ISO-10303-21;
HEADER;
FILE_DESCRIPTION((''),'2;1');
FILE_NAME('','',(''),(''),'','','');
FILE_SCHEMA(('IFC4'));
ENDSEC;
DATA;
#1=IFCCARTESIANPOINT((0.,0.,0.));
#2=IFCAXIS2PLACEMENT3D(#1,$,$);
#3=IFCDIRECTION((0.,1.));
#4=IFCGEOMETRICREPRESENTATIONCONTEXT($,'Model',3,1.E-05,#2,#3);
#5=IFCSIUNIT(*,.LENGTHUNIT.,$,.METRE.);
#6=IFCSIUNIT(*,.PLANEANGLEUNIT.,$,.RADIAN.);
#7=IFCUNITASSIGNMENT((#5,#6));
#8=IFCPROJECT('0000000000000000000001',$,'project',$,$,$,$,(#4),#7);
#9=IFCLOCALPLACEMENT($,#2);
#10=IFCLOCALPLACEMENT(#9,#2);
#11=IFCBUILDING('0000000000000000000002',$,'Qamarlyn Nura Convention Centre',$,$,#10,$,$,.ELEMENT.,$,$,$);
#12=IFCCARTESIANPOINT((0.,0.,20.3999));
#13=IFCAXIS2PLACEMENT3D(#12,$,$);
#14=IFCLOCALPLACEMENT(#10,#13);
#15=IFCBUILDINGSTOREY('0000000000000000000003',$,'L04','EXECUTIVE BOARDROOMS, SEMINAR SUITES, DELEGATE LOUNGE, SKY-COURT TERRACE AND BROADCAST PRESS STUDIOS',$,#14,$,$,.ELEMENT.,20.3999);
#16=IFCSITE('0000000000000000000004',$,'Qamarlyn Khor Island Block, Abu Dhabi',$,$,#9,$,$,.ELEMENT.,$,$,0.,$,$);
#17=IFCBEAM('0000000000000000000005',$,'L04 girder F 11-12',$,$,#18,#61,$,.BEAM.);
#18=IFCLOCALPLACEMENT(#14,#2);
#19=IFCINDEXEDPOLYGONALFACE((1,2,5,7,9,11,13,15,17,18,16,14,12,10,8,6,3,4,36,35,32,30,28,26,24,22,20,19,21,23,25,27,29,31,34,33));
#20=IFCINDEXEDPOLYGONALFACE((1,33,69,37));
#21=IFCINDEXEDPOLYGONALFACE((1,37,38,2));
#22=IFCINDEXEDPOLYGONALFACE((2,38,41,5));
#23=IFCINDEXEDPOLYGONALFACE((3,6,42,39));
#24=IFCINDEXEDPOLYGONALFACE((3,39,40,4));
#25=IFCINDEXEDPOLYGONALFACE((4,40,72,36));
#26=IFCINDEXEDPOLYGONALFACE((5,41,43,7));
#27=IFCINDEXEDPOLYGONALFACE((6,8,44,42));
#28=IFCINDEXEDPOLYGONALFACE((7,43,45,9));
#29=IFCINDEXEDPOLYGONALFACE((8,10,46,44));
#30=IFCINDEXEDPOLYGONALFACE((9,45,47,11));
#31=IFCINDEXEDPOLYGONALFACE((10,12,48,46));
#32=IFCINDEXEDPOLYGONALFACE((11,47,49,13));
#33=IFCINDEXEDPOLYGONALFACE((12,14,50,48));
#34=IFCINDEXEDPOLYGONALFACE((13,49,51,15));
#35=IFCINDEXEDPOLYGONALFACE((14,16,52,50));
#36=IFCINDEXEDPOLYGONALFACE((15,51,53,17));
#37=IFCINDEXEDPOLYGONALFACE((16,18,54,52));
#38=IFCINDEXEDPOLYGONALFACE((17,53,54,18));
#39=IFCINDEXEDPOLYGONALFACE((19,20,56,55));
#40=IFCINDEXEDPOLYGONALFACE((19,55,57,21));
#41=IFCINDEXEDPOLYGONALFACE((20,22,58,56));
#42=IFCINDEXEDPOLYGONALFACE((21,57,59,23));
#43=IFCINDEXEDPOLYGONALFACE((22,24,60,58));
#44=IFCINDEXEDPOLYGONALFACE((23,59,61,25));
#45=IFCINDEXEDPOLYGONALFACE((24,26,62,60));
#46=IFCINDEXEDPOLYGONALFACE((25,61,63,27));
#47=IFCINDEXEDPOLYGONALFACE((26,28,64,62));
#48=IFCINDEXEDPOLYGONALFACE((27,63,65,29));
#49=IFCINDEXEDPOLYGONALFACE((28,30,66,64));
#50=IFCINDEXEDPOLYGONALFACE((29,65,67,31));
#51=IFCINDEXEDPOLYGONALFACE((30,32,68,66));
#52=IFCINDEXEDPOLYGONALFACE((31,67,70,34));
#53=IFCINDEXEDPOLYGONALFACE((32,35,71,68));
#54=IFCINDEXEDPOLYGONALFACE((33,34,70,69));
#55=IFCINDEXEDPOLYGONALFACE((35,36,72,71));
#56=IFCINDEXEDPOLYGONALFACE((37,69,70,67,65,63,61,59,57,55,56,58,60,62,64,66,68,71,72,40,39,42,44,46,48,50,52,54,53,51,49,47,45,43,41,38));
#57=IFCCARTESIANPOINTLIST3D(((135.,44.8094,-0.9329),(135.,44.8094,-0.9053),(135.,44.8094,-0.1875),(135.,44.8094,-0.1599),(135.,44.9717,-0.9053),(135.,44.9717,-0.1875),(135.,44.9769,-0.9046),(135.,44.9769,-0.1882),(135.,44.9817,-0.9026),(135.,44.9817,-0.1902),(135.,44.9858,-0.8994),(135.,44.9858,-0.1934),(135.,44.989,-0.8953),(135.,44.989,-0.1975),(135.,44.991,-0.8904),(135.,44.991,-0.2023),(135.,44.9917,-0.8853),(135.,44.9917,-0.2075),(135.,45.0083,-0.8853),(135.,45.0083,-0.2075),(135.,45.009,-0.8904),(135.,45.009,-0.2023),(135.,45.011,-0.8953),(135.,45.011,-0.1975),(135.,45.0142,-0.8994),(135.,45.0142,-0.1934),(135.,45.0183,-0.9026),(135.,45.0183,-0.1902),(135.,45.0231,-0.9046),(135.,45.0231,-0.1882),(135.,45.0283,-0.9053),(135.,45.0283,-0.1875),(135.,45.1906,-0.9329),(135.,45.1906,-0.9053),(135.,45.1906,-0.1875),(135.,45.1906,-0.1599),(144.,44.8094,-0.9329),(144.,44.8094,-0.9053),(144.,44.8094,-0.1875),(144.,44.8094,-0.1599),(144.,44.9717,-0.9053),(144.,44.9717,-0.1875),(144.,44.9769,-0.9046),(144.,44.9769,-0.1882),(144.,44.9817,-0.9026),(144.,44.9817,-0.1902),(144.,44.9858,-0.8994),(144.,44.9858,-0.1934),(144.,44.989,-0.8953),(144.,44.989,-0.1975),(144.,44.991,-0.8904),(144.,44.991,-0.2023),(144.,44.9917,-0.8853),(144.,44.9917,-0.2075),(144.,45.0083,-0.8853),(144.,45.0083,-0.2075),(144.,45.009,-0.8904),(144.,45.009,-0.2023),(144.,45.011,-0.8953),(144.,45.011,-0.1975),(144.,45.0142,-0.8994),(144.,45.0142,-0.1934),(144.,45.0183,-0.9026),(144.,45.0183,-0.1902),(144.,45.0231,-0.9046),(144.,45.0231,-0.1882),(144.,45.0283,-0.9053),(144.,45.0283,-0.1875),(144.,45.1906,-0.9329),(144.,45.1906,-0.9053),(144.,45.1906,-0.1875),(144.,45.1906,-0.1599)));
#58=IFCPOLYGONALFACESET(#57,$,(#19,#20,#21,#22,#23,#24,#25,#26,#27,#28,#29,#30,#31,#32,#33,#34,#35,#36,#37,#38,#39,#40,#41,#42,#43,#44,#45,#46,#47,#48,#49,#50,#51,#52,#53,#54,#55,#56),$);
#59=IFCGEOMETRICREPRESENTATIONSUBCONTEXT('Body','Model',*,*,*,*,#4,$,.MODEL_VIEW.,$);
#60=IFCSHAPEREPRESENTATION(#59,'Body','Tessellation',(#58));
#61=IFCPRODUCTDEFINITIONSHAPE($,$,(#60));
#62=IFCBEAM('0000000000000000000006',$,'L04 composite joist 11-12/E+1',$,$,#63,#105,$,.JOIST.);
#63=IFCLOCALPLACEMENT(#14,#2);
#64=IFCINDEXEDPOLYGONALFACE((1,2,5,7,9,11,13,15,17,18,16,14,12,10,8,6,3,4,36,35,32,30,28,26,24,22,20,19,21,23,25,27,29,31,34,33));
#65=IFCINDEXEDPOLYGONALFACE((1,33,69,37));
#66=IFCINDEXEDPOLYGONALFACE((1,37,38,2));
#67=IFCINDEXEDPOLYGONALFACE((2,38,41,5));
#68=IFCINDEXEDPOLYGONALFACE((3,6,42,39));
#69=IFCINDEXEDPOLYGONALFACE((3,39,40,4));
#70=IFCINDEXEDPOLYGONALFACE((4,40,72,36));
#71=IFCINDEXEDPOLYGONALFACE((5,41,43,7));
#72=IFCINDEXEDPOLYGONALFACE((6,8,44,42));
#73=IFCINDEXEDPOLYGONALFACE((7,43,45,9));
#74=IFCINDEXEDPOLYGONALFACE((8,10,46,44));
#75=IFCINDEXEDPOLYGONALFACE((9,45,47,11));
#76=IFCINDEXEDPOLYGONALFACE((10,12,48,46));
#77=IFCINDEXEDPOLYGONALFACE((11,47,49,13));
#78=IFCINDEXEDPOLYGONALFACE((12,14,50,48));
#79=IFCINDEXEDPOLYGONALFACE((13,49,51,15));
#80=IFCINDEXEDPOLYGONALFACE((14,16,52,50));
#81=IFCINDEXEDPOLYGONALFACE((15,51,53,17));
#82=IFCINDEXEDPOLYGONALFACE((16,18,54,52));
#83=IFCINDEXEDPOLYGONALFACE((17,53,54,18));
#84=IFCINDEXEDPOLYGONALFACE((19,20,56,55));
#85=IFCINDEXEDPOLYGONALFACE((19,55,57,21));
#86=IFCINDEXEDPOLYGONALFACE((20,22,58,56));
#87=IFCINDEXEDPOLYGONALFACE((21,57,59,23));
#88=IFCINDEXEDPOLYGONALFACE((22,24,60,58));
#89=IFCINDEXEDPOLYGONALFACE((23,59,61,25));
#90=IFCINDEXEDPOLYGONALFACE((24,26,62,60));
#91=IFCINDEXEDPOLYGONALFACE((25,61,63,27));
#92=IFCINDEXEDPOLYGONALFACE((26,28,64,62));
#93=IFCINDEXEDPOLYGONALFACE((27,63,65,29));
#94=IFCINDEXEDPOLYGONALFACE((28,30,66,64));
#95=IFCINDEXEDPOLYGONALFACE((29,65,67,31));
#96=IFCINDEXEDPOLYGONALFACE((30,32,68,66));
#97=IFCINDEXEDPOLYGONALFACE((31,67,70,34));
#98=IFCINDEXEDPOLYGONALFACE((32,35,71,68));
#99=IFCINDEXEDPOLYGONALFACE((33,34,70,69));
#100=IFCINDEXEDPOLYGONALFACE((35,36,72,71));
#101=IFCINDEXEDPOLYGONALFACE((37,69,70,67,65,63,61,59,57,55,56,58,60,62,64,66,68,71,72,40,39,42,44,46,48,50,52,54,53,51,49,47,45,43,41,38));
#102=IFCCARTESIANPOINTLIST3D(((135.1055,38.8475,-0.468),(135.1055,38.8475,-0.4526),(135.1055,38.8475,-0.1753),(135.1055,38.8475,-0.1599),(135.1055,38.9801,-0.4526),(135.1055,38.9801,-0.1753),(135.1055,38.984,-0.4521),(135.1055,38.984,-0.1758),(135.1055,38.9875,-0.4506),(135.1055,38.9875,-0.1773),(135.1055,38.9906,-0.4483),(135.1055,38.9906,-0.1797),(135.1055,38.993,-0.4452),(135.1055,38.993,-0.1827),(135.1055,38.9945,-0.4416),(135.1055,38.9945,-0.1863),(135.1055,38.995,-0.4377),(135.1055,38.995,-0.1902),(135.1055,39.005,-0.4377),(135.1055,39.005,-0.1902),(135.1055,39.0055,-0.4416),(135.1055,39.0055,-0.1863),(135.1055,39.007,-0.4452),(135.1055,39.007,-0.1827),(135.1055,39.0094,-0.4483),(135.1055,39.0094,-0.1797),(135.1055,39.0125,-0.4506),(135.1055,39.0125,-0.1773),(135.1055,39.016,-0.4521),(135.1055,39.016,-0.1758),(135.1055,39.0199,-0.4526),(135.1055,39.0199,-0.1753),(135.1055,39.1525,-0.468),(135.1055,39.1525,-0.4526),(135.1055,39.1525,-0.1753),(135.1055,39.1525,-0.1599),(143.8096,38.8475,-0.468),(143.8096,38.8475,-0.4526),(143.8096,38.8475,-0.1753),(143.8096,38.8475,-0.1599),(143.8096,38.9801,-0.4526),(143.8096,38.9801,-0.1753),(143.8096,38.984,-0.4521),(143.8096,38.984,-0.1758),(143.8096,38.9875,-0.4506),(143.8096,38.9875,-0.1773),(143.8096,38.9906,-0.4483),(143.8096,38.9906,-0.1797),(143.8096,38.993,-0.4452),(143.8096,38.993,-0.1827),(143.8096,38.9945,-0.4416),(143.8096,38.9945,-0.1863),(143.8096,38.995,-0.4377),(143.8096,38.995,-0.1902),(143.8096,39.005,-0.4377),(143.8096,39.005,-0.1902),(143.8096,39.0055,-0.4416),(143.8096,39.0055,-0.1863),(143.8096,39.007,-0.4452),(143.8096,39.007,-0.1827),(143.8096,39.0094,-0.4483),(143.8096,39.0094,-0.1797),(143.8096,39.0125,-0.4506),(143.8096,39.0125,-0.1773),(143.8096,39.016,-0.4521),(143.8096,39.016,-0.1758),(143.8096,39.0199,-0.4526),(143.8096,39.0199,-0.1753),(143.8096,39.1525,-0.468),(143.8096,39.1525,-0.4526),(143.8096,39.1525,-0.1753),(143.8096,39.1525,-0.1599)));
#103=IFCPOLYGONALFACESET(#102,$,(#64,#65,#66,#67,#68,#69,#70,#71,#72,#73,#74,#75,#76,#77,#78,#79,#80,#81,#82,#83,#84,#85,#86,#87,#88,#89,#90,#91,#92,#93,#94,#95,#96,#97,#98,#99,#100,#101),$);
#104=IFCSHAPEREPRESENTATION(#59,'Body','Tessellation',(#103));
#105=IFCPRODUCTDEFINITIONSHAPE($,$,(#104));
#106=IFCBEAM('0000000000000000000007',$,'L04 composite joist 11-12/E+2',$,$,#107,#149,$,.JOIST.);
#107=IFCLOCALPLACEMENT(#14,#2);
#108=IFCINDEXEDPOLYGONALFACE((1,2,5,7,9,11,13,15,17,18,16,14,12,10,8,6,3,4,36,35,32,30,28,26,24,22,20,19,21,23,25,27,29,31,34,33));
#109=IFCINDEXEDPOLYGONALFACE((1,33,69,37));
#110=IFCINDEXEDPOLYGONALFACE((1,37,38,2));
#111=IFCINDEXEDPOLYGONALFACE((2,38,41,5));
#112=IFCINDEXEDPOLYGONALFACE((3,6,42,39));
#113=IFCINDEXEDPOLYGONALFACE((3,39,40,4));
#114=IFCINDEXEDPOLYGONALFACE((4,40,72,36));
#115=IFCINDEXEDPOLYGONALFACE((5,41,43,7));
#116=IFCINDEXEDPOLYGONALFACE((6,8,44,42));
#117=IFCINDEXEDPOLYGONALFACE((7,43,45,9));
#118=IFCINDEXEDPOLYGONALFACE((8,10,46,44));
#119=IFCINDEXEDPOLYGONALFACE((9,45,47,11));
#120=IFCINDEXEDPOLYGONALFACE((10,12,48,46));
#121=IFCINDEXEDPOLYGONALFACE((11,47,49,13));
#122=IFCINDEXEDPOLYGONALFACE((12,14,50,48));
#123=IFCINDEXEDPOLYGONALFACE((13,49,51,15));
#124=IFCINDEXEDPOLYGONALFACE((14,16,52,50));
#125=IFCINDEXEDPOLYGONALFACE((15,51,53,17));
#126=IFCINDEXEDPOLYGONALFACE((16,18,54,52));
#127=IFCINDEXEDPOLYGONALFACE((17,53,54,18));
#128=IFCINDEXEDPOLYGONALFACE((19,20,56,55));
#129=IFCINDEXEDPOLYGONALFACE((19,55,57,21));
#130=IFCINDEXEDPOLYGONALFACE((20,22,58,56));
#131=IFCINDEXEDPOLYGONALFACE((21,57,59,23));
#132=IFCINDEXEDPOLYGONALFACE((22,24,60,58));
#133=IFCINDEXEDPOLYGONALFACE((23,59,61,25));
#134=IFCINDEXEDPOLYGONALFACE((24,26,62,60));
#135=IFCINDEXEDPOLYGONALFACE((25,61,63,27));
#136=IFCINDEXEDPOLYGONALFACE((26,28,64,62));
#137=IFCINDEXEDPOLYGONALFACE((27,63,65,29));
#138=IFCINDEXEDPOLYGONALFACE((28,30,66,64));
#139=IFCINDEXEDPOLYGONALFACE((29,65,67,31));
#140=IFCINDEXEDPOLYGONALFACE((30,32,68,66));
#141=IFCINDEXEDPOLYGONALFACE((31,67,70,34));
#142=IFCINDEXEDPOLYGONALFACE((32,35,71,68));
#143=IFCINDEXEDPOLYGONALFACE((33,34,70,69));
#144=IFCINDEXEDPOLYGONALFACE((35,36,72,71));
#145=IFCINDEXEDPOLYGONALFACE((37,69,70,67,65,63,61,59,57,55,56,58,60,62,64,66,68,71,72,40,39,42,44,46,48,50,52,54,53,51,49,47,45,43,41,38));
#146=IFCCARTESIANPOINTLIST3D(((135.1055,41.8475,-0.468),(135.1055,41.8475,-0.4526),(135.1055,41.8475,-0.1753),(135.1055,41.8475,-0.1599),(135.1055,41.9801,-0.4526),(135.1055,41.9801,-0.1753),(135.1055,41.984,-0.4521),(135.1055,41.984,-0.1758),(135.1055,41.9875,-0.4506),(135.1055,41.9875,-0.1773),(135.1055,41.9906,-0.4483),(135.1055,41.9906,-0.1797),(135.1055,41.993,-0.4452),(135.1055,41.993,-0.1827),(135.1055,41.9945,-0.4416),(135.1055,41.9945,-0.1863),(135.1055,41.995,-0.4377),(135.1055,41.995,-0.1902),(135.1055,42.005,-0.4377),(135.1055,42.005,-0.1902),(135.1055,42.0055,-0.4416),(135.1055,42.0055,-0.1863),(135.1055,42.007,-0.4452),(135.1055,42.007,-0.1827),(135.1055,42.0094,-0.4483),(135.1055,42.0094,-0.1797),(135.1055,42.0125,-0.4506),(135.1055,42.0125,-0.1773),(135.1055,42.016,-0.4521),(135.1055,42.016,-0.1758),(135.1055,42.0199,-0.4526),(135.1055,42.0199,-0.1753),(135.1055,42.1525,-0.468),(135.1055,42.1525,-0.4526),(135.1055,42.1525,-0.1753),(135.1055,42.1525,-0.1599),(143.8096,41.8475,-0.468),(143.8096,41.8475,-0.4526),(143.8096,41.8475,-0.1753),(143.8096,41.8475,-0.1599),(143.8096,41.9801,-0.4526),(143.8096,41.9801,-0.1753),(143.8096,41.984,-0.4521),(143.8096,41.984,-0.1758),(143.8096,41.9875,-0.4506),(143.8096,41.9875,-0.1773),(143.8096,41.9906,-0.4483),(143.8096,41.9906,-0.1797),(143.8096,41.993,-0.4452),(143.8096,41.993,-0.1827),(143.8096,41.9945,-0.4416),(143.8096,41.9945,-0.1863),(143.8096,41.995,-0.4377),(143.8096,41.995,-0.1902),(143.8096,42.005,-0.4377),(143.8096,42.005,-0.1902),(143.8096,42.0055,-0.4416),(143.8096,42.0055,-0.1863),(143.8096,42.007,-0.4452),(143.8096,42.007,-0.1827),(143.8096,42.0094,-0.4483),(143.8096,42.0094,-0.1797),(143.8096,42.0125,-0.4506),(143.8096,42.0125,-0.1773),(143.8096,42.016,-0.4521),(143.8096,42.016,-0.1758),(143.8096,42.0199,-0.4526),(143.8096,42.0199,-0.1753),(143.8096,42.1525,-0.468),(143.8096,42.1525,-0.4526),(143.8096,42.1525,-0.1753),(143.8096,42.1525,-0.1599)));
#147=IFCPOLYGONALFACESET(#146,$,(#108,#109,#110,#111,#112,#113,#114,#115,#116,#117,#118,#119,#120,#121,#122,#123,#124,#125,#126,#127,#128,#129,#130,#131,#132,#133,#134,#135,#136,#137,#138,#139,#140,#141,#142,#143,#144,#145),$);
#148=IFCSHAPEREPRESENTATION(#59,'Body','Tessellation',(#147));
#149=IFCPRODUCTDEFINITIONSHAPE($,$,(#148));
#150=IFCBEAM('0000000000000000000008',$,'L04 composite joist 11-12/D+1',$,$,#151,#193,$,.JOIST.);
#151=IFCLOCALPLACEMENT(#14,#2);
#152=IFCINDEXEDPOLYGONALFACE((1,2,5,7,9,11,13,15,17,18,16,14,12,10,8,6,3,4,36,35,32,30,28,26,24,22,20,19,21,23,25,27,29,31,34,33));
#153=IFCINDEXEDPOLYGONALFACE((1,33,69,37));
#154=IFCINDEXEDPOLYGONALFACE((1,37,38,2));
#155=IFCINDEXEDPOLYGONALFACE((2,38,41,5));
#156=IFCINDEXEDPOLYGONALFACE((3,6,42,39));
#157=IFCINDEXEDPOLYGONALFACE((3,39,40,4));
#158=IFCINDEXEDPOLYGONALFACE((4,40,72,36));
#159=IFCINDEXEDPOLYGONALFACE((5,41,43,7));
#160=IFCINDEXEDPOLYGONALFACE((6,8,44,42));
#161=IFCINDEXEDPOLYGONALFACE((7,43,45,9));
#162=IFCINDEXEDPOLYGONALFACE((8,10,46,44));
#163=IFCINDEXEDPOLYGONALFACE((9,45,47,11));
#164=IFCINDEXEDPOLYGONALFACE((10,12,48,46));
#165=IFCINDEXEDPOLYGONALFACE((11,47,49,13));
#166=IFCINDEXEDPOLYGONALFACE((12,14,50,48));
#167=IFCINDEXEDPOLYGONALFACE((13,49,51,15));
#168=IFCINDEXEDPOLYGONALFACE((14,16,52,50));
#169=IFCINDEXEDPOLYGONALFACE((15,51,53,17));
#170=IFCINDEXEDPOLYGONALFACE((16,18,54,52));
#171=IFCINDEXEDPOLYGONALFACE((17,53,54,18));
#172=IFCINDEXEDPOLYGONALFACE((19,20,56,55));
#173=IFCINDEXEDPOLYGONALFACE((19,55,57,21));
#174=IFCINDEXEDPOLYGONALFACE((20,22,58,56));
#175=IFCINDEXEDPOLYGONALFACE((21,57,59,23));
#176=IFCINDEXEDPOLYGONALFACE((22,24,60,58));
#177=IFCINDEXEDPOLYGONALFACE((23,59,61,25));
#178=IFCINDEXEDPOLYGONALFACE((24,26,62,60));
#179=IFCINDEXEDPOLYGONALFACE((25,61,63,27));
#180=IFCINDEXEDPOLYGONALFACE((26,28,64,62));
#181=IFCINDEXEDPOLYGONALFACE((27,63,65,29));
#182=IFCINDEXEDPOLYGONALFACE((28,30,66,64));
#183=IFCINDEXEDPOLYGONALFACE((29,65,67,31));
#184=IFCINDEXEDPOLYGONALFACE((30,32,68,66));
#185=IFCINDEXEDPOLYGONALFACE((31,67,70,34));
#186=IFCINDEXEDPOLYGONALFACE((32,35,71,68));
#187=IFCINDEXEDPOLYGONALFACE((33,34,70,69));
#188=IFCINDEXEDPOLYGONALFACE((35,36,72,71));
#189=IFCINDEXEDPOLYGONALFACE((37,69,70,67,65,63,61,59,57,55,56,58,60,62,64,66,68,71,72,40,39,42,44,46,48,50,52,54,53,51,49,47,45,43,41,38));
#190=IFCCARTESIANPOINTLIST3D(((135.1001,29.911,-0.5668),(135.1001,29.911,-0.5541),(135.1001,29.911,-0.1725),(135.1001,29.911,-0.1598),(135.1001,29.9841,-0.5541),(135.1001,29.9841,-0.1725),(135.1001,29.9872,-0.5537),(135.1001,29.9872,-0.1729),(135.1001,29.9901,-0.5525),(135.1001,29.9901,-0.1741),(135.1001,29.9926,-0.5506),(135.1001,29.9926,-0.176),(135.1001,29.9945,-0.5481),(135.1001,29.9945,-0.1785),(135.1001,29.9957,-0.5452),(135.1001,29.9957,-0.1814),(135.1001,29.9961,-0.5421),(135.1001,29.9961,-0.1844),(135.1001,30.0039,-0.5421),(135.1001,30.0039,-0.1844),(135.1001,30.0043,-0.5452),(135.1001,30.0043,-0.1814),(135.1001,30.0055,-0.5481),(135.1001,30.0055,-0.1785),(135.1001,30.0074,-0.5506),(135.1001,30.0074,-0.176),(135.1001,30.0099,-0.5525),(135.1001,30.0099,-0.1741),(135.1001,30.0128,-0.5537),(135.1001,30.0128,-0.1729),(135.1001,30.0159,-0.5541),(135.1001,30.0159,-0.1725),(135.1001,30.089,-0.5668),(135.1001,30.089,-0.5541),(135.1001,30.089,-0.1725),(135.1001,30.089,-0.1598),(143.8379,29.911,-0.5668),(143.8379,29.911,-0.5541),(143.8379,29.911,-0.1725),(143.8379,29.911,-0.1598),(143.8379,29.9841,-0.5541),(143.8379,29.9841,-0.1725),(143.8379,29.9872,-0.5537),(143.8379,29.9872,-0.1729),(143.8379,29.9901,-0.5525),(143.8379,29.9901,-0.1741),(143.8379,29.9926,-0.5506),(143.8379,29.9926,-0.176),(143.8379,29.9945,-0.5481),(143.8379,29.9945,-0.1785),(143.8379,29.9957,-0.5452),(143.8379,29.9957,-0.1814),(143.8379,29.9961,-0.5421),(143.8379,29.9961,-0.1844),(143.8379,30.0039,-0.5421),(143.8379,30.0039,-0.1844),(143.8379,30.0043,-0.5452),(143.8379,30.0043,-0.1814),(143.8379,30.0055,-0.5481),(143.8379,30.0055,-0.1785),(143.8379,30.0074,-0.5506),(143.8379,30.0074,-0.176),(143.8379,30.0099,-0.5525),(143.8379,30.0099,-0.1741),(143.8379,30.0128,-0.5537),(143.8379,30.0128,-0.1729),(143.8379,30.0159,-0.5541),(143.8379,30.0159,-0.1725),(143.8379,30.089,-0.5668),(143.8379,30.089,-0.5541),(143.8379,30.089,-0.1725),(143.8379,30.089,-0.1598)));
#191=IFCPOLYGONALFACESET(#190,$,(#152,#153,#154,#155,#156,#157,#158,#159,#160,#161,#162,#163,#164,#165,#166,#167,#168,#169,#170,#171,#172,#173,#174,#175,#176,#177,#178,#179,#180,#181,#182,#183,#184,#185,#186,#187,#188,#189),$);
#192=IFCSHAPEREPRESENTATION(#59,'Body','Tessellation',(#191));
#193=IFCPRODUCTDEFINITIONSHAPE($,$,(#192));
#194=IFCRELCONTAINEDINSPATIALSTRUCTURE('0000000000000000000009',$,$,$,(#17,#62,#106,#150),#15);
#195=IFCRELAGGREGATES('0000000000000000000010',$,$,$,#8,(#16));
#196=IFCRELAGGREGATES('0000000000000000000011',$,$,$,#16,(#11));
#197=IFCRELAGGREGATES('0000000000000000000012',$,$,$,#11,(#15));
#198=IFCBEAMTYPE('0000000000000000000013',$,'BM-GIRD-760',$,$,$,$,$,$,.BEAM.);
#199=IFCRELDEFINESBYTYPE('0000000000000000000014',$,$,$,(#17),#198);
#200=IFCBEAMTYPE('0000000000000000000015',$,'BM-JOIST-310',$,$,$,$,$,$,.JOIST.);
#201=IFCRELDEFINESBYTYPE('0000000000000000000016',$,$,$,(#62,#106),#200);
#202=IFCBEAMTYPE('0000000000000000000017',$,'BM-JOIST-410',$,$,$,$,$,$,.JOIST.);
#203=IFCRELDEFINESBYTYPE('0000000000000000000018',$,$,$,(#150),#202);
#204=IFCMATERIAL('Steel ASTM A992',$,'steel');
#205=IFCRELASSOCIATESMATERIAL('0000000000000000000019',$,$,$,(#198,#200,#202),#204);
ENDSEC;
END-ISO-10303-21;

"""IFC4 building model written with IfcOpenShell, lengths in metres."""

from ifc_helpers import new_model, si_unit, direction, frame, origin, origin_2d, place, context, subcontext, project, spatial, i_section, extrude, material, material_profile, profile_set, type_object, element, save


model = new_model("IFC4")

# Units and contexts
model_context = context("Model", 3, precision=1e-05, world=origin(), true_north=direction((0.0, 1.0)))
body_context = subcontext(model_context, "Body", "Model", "MODEL_VIEW")
ifc_project = project(units=[si_unit("LENGTHUNIT", "METRE"), si_unit("PLANEANGLEUNIT", "RADIAN")], contexts=[model_context])

# Site, building, storey
site_placement = place(None, origin())
site = spatial("IfcSite", under=ifc_project, at=site_placement, Name="Qamarlyn Khor Island Block, Abu Dhabi", CompositionType="ELEMENT", RefElevation=0.0)
building_placement = place(site_placement, origin())
building = spatial("IfcBuilding", under=site, at=building_placement, Name="Qamarlyn Nura Convention Centre", CompositionType="ELEMENT")
storey_placement = place(building_placement, frame((0.0, 0.0, 20.3999)))
storey = spatial("IfcBuildingStorey", under=building, at=storey_placement, Name="L04", Description="EXECUTIVE BOARDROOMS, SEMINAR SUITES, DELEGATE LOUNGE, SKY-COURT TERRACE AND BROADCAST PRESS STUDIOS", CompositionType="ELEMENT", Elevation=20.3999)

# Beams
ifc_material_1 = material(Name="Steel ASTM A992", Category="steel")
ifc_material_profile_1 = material_profile(ifc_material_1, i_section(OverallWidth=0.3811, OverallDepth=0.7729, WebThickness=0.0166, FlangeThickness=0.0276, FilletRadius=0.02, at=origin_2d()), Name="W760X257")
ifc_profile_set_1 = profile_set([ifc_material_profile_1], Name="Steel ASTM A992")
beam_type_1 = type_object("IfcBeamType", Name="BM-GIRD-760", PredefinedType="BEAM", material=ifc_profile_set_1)
beam_1_placement = place(storey_placement, frame((135.0, 45.0, -0.5464), z_axis=(1.0, 0.0, 0.0), x_axis=(0.0, 1.0, 0.0)))
element("IfcBeam", 1, at=beam_1_placement, inside=storey, type_object=beam_type_1, Name="L04 girder F 11-12", PredefinedType="BEAM", context=body_context, shape_type="SweptSolid", body=[
    extrude(i_section(OverallWidth=0.3811, OverallDepth=0.7729, WebThickness=0.0166, FlangeThickness=0.0276, FilletRadius=0.02, at=origin_2d()), origin(), (0.0, 0.0, 1.0), 9.0),
])
ifc_material_profile_2 = material_profile(ifc_material_1, i_section(OverallWidth=0.3049, OverallDepth=0.3081, WebThickness=0.01, FlangeThickness=0.0154, FilletRadius=0.0149, at=origin_2d()), Name="W310X97")
ifc_profile_set_2 = profile_set([ifc_material_profile_2], Name="Steel ASTM A992")
beam_type_2 = type_object("IfcBeamType", Name="BM-JOIST-310", PredefinedType="JOIST", material=ifc_profile_set_2)
for number, where, z_axis, x_axis, name in (
    (2, (135.1055, 39.0, -0.314), (1.0, 0.0, 0.0), (0.0, 1.0, 0.0), "L04 composite joist 11-12/E+1"),
    (3, (135.1055, 42.0, -0.314), (1.0, 0.0, 0.0), (0.0, 1.0, 0.0), "L04 composite joist 11-12/E+2"),
):
    element("IfcBeam", number, at=place(storey_placement, frame(where, z_axis=z_axis, x_axis=x_axis)), inside=storey, type_object=beam_type_2, Name=name, PredefinedType="JOIST", context=body_context, shape_type="SweptSolid", body=[
        extrude(i_section(OverallWidth=0.3049, OverallDepth=0.3081, WebThickness=0.01, FlangeThickness=0.0154, FilletRadius=0.0149, at=origin_2d()), origin(), (0.0, 0.0, 1.0), 8.7041),
    ])
ifc_material_profile_3 = material_profile(ifc_material_1, i_section(OverallWidth=0.178, OverallDepth=0.407, WebThickness=0.0078, FlangeThickness=0.0127, FilletRadius=0.012, at=origin_2d()), Name="W410X60")
ifc_profile_set_3 = profile_set([ifc_material_profile_3], Name="Steel ASTM A992")
beam_type_3 = type_object("IfcBeamType", Name="BM-JOIST-410", PredefinedType="JOIST", material=ifc_profile_set_3)
for number, where, z_axis, x_axis, name in (
    (4, (135.1001, 30.0, -0.3633), (1.0, 0.0, 0.0), (0.0, 1.0, 0.0), "L04 composite joist 11-12/D+1"),
):
    element("IfcBeam", number, at=place(storey_placement, frame(where, z_axis=z_axis, x_axis=x_axis)), inside=storey, type_object=beam_type_3, Name=name, PredefinedType="JOIST", context=body_context, shape_type="SweptSolid", body=[
        extrude(i_section(OverallWidth=0.178, OverallDepth=0.407, WebThickness=0.0078, FlangeThickness=0.0127, FilletRadius=0.012, at=origin_2d()), origin(), (0.0, 0.0, 1.0), 8.7378),
    ])

save(model, "model.ifc")
